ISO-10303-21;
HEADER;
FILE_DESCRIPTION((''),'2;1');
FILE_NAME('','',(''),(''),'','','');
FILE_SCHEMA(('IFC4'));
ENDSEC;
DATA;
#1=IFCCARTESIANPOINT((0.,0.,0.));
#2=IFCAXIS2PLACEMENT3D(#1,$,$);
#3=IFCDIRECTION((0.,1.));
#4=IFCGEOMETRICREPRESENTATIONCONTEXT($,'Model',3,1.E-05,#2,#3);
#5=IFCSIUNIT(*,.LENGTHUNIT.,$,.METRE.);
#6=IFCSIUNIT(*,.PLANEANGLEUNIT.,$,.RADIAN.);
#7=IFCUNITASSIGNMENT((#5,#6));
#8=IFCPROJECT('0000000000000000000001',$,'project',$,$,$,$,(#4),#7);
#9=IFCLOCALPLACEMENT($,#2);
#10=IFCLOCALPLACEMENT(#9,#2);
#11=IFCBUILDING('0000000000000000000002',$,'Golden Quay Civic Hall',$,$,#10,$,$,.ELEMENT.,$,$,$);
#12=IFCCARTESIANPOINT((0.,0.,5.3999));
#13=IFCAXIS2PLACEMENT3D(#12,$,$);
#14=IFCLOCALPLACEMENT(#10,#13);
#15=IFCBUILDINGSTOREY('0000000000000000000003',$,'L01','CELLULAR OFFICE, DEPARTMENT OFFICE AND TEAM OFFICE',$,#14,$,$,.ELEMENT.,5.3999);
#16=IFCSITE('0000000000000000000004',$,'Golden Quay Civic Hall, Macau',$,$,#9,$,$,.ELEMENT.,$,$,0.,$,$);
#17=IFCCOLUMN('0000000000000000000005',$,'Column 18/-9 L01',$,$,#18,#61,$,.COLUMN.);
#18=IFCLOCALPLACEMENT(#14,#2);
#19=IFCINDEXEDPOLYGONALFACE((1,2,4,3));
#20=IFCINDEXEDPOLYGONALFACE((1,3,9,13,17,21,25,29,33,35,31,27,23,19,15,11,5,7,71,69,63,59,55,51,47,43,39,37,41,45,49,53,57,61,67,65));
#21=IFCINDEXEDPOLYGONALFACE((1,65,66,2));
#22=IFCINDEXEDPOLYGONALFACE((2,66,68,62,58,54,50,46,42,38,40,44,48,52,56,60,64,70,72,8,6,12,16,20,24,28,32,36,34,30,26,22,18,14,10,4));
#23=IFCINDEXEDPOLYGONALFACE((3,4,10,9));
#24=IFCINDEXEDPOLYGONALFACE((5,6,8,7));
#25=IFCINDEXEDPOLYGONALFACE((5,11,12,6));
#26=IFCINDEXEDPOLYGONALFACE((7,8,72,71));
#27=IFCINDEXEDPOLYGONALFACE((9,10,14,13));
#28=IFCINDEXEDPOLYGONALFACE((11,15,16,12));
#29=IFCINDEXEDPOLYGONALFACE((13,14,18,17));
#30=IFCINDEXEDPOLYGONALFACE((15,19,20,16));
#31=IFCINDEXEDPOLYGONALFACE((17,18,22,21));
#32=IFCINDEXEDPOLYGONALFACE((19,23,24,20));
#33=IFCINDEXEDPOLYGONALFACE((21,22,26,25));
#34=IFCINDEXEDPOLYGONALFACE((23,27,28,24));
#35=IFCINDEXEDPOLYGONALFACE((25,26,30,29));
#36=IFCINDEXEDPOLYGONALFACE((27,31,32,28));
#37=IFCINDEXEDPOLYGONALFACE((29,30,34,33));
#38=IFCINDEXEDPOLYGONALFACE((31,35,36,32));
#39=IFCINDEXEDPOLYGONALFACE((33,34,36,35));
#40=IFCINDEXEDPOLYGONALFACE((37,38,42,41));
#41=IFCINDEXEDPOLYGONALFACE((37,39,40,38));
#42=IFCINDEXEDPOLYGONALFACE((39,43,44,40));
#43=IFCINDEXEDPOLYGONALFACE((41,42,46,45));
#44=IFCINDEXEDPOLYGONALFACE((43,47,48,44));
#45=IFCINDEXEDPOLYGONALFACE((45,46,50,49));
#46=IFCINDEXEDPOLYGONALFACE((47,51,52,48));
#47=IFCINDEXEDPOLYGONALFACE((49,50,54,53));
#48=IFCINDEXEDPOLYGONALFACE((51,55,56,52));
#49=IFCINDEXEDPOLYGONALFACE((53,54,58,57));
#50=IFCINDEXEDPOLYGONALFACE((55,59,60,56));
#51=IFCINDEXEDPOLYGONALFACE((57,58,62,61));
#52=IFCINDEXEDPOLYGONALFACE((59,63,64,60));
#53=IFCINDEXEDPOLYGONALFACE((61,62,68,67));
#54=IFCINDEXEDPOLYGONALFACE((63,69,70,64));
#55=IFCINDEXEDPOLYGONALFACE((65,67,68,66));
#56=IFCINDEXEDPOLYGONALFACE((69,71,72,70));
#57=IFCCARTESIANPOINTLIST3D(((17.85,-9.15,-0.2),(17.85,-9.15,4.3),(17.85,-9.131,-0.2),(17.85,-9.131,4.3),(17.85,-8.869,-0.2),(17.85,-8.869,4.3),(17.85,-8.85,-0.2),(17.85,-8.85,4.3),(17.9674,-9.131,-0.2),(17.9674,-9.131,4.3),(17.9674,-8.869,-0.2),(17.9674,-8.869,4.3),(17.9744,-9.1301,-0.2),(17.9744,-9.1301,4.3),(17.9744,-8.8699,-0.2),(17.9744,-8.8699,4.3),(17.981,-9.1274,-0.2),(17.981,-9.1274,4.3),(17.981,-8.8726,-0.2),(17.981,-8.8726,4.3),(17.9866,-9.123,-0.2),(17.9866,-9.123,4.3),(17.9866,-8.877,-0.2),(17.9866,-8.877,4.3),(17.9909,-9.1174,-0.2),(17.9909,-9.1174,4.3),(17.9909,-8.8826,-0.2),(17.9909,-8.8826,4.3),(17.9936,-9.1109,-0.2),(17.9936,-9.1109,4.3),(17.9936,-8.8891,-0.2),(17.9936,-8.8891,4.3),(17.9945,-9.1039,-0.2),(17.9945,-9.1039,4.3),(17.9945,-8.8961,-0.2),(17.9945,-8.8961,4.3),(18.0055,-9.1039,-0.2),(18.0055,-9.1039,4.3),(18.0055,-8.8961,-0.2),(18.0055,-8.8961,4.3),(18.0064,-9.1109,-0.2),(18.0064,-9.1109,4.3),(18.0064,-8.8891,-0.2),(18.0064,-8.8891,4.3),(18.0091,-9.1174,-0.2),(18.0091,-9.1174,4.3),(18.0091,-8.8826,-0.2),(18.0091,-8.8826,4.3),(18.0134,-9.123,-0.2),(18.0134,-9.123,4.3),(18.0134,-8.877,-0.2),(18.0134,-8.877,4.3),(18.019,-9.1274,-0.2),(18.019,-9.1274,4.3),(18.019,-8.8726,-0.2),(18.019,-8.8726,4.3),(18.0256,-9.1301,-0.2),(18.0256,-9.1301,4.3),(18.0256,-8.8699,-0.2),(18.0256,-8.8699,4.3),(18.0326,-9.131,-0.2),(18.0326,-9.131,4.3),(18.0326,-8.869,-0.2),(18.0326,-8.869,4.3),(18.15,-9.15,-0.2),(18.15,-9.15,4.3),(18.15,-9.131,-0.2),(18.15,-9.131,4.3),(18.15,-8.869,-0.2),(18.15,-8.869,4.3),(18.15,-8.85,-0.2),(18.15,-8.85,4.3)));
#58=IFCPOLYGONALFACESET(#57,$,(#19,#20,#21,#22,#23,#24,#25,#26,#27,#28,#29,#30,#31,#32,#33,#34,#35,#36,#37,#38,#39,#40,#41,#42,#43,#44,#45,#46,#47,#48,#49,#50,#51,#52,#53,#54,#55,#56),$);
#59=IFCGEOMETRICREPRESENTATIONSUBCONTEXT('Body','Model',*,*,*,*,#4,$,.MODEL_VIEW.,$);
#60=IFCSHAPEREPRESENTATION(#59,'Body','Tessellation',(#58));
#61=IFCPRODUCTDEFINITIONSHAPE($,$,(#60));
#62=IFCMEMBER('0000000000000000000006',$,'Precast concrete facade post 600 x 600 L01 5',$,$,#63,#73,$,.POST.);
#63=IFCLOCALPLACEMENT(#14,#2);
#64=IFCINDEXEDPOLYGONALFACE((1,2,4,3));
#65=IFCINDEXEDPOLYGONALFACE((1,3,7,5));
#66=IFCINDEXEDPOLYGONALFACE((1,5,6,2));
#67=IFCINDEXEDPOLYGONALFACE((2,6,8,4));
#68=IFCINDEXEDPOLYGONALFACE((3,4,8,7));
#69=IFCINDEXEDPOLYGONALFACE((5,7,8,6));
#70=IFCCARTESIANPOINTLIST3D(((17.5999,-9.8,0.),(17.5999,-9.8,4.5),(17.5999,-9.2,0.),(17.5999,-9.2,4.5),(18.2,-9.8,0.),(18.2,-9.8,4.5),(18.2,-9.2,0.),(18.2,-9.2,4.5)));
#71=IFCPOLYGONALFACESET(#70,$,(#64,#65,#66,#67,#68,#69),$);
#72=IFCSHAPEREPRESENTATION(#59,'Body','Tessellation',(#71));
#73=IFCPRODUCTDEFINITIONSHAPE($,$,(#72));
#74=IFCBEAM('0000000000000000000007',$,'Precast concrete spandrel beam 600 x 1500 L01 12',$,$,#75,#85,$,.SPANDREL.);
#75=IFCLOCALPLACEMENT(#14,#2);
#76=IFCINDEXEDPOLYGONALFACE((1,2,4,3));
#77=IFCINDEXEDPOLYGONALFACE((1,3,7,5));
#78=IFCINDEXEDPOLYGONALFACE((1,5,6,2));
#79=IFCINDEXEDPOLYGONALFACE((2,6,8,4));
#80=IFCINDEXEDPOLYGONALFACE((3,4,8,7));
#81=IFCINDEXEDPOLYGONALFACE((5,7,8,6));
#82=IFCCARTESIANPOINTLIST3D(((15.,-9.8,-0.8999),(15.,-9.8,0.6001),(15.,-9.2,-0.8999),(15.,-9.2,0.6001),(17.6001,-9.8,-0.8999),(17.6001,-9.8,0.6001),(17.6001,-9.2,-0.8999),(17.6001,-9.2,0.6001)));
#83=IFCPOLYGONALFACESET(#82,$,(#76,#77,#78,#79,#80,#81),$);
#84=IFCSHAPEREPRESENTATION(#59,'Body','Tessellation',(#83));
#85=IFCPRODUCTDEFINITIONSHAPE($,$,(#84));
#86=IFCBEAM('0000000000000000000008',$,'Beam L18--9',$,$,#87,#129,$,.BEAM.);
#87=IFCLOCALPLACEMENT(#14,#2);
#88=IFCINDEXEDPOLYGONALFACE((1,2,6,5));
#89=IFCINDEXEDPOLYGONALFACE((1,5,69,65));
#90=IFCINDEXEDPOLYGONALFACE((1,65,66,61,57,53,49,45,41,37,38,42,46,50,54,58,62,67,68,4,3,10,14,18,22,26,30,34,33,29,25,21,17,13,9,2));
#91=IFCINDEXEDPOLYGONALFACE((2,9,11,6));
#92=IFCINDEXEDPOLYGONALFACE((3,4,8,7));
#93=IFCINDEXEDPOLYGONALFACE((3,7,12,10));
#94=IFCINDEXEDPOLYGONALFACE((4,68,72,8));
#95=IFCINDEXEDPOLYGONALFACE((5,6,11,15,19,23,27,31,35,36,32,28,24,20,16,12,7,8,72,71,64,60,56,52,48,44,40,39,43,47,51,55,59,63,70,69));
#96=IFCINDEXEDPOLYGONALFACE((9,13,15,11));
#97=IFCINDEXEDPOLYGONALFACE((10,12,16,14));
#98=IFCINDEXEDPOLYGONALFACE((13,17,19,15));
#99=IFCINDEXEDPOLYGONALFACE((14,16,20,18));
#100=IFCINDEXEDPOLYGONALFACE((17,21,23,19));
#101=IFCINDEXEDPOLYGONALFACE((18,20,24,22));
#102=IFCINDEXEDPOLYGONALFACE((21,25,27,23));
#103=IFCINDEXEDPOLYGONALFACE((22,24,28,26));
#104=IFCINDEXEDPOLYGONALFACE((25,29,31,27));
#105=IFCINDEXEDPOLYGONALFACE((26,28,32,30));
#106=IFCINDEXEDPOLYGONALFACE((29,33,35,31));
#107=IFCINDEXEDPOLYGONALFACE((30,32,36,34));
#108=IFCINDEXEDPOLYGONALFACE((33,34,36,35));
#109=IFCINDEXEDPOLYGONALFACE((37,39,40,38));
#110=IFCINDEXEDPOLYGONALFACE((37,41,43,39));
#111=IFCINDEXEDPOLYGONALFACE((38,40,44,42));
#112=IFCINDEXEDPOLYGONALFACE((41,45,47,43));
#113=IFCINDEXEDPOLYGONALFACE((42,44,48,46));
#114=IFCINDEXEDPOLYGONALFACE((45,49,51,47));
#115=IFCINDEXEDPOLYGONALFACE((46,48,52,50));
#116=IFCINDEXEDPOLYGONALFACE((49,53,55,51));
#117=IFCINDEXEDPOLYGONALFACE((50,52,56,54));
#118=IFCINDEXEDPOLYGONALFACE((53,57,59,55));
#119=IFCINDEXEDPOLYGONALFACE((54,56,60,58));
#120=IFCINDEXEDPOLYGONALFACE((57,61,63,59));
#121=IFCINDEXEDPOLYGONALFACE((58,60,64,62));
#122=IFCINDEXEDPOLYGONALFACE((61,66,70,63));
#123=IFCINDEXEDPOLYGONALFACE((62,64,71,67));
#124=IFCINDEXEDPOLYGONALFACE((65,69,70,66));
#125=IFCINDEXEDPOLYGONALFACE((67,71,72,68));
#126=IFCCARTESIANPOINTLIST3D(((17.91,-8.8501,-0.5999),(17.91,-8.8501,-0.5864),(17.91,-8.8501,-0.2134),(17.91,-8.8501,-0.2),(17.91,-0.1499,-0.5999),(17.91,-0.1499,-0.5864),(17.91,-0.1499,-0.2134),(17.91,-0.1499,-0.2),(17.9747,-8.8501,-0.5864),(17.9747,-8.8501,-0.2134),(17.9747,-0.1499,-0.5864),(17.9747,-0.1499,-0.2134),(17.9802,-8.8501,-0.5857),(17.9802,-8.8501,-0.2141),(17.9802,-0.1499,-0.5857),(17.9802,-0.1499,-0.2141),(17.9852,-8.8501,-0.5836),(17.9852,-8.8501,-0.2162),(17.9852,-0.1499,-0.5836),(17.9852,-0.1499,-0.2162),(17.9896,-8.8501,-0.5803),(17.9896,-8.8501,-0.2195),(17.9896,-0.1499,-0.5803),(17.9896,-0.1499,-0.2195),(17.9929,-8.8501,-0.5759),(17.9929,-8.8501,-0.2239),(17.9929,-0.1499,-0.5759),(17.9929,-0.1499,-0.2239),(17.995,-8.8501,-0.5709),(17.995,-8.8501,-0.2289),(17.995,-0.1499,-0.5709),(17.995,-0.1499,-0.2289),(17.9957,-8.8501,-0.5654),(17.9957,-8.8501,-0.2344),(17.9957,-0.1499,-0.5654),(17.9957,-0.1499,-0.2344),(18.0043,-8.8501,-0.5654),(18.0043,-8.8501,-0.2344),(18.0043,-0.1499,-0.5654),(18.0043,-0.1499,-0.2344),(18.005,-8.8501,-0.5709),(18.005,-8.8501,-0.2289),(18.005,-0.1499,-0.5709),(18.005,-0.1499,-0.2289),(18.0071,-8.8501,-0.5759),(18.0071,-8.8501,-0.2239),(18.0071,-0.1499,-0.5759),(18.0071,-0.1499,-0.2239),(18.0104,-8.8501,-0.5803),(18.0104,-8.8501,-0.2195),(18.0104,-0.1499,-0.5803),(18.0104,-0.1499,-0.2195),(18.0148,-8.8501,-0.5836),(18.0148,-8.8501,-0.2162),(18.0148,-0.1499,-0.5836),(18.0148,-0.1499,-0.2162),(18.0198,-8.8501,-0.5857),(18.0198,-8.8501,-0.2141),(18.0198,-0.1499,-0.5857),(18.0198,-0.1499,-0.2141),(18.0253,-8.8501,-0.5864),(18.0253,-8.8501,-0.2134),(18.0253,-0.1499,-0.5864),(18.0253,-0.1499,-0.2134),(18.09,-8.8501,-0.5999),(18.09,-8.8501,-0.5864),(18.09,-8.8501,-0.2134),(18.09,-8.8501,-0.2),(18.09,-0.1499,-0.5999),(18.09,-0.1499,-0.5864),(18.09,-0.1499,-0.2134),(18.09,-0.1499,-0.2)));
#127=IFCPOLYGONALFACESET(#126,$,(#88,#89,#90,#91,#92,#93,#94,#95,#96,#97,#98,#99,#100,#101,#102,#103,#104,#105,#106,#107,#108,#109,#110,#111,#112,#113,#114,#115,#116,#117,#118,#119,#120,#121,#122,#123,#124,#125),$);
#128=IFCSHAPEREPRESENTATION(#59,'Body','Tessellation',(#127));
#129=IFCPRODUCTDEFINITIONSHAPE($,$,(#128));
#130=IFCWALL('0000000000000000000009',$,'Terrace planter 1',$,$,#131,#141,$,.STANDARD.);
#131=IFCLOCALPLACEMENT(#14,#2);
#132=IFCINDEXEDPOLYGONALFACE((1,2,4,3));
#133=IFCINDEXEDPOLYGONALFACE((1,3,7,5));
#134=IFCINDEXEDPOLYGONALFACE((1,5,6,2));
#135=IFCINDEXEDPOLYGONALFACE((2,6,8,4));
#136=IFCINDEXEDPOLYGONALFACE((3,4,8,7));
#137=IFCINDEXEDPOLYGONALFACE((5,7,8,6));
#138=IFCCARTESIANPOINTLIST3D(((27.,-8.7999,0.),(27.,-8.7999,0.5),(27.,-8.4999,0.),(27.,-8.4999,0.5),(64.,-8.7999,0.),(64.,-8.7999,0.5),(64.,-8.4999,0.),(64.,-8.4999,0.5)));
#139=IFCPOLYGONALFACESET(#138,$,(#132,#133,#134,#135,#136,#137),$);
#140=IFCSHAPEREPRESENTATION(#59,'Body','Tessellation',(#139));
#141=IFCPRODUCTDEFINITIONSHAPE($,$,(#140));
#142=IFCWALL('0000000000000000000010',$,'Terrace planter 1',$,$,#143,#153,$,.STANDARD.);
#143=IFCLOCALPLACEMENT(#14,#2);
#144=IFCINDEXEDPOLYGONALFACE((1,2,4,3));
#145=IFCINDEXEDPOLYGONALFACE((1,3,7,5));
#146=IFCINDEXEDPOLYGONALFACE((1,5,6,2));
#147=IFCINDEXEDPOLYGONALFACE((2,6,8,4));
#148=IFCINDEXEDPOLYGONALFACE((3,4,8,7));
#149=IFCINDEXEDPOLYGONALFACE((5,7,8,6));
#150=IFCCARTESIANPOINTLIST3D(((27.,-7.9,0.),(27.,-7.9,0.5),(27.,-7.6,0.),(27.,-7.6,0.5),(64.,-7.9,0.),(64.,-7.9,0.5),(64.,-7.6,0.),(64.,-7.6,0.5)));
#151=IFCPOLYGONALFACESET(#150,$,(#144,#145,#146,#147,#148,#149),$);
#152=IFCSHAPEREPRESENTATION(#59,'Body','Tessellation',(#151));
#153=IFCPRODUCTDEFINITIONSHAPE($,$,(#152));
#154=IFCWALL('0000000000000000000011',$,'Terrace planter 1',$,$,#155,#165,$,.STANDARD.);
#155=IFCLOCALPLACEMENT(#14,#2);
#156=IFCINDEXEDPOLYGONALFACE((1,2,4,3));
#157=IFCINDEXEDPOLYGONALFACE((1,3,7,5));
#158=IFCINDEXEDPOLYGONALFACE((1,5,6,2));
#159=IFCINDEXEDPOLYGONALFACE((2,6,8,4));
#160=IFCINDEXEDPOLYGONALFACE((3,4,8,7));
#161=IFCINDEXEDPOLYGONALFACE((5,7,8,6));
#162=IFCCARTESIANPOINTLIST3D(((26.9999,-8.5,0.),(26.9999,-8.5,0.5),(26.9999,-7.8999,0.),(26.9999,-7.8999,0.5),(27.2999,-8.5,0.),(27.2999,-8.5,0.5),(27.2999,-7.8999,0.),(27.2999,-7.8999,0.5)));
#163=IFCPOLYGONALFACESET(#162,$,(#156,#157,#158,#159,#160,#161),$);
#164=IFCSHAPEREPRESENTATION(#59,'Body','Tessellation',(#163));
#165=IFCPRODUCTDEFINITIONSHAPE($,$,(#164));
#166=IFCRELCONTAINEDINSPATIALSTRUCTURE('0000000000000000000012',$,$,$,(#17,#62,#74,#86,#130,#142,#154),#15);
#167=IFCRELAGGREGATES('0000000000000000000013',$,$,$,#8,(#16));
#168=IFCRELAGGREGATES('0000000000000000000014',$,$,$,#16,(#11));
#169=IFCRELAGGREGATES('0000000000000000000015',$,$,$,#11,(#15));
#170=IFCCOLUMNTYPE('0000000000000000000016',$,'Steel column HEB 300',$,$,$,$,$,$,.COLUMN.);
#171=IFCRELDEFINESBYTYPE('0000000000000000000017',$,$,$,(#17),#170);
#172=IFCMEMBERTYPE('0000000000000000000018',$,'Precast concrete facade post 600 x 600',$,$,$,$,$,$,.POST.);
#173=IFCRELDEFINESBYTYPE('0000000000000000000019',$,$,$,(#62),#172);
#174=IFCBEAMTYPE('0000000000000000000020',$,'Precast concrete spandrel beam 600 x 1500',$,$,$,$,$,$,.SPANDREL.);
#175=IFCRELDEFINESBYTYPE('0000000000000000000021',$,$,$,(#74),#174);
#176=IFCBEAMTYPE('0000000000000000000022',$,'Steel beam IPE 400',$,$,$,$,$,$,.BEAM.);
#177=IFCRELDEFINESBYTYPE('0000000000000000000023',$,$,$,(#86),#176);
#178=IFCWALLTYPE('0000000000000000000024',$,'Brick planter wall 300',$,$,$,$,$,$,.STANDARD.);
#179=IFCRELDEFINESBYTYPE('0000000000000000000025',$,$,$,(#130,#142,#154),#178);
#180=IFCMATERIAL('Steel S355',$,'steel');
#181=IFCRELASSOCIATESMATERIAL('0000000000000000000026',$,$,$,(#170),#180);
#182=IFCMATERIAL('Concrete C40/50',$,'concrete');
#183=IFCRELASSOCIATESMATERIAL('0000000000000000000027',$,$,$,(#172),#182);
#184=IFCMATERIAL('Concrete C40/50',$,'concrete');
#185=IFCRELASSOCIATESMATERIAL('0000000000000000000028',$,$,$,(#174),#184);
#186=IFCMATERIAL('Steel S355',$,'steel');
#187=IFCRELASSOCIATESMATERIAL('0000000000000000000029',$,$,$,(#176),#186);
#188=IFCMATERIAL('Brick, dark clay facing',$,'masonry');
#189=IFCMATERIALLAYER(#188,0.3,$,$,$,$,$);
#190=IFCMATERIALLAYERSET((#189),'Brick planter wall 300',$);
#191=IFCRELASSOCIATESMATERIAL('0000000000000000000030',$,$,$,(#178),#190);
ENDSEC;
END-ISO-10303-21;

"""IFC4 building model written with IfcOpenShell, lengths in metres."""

from ifc_helpers import new_model, si_unit, direction, frame, frame_2d, origin, origin_2d, place, context, subcontext, project, spatial, rectangle, i_section, extrude, material, layer, layer_set, material_profile, profile_set, type_object, element, save


model = new_model("IFC4")

# Units and contexts
model_context = context("Model", 3, precision=1e-05, world=origin(), true_north=direction((0.0, 1.0)))
body_context = subcontext(model_context, "Body", "Model", "MODEL_VIEW")
ifc_project = project(units=[si_unit("LENGTHUNIT", "METRE"), si_unit("PLANEANGLEUNIT", "RADIAN")], contexts=[model_context])

# Site, building, storey
site_placement = place(None, origin())
site = spatial("IfcSite", under=ifc_project, at=site_placement, Name="Golden Quay Civic Hall, Macau", CompositionType="ELEMENT", RefElevation=0.0)
building_placement = place(site_placement, origin())
building = spatial("IfcBuilding", under=site, at=building_placement, Name="Golden Quay Civic Hall", CompositionType="ELEMENT")
storey_placement = place(building_placement, frame((0.0, 0.0, 5.3999)))
storey = spatial("IfcBuildingStorey", under=building, at=storey_placement, Name="L01", Description="CELLULAR OFFICE, DEPARTMENT OFFICE AND TEAM OFFICE", CompositionType="ELEMENT", Elevation=5.3999)

# Column
ifc_material_1 = material(Name="Steel S355", Category="steel")
ifc_material_profile_1 = material_profile(ifc_material_1, i_section(OverallWidth=0.3, OverallDepth=0.3, WebThickness=0.011, FlangeThickness=0.019, FilletRadius=0.0271, at=origin_2d()), Name="HEB 300")
ifc_profile_set_1 = profile_set([ifc_material_profile_1], Name="Steel S355")
column_type = type_object("IfcColumnType", Name="Steel column HEB 300", PredefinedType="COLUMN", material=ifc_profile_set_1)
column_placement = place(storey_placement, frame((18.0, -9.0, -0.2), z_axis=(0.0, 0.0, 1.0), x_axis=(1.0, 0.0, 0.0)))
element("IfcColumn", 1, at=column_placement, inside=storey, type_object=column_type, Name="Column 18/-9 L01", PredefinedType="COLUMN", context=body_context, shape_type="SweptSolid", body=[
    extrude(i_section(OverallWidth=0.3, OverallDepth=0.3, WebThickness=0.011, FlangeThickness=0.019, FilletRadius=0.0271, at=origin_2d()), origin(), (0.0, 0.0, 1.0), 4.5),
])

# Member
ifc_material_2 = material(Name="Concrete C40/50", Category="concrete")
ifc_material_profile_2 = material_profile(ifc_material_2, rectangle(XDim=0.6001, YDim=0.6001, at=origin_2d()), Name="RC 600x600")
ifc_profile_set_2 = profile_set([ifc_material_profile_2], Name="Concrete C40/50")
member_type = type_object("IfcMemberType", Name="Precast concrete facade post 600 x 600", PredefinedType="POST", material=ifc_profile_set_2)
member_placement = place(storey_placement, frame((17.8999, -9.5, 0.0), z_axis=(0.0, 0.0, 1.0), x_axis=(1.0, 0.0, 0.0)))
element("IfcMember", 2, at=member_placement, inside=storey, type_object=member_type, Name="Precast concrete facade post 600 x 600 L01 5", PredefinedType="POST", context=body_context, shape_type="SweptSolid", body=[
    extrude(rectangle(XDim=0.6001, YDim=0.6001, at=origin_2d()), origin(), (0.0, 0.0, 1.0), 4.5),
])

# Beams
ifc_material_3 = material(Name="Concrete C40/50", Category="concrete")
ifc_material_profile_3 = material_profile(ifc_material_3, rectangle(XDim=0.6001, YDim=1.5, at=origin_2d()), Name="RC 600x1500")
ifc_profile_set_3 = profile_set([ifc_material_profile_3], Name="Concrete C40/50")
beam_type_1 = type_object("IfcBeamType", Name="Precast concrete spandrel beam 600 x 1500", PredefinedType="SPANDREL", material=ifc_profile_set_3)
beam_1_placement = place(storey_placement, frame((15.0, -9.5, -0.1499), z_axis=(1.0, 0.0, 0.0), x_axis=(0.0, 1.0, 0.0)))
element("IfcBeam", 3, at=beam_1_placement, inside=storey, type_object=beam_type_1, Name="Precast concrete spandrel beam 600 x 1500 L01 12", PredefinedType="SPANDREL", context=body_context, shape_type="SweptSolid", body=[
    extrude(rectangle(XDim=0.6001, YDim=1.5, at=origin_2d()), origin(), (0.0, 0.0, 1.0), 2.6001),
])
ifc_material_4 = material(Name="Steel S355", Category="steel")
ifc_material_profile_4 = material_profile(ifc_material_4, i_section(OverallWidth=0.1799, OverallDepth=0.3999, WebThickness=0.0085, FlangeThickness=0.0134, FilletRadius=0.021, at=origin_2d()), Name="IPE 400")
ifc_profile_set_4 = profile_set([ifc_material_profile_4], Name="Steel S355")
beam_type_2 = type_object("IfcBeamType", Name="Steel beam IPE 400", PredefinedType="BEAM", material=ifc_profile_set_4)
beam_2_placement = place(storey_placement, frame((18.0, -8.8501, -0.3999), z_axis=(0.0, 1.0, 0.0), x_axis=(-1.0, 0.0, 0.0)))
element("IfcBeam", 4, at=beam_2_placement, inside=storey, type_object=beam_type_2, Name="Beam L18--9", PredefinedType="BEAM", context=body_context, shape_type="SweptSolid", body=[
    extrude(i_section(OverallWidth=0.1799, OverallDepth=0.3999, WebThickness=0.0085, FlangeThickness=0.0134, FilletRadius=0.021, at=origin_2d()), origin(), (0.0, 0.0, 1.0), 8.7002),
])

# Walls
ifc_material_5 = material(Name="Brick, dark clay facing", Category="masonry")
ifc_layer_1 = layer(ifc_material_5, 0.3)
ifc_layer_set_1 = layer_set([ifc_layer_1], Name="Brick planter wall 300")
wall_type_1 = type_object("IfcWallType", Name="Brick planter wall 300", PredefinedType="STANDARD", material=ifc_layer_set_1)
for number, where, z_axis, x_axis, name in (
    (5, (27.0, -8.6499, 0.0), (0.0, 0.0, 1.0), (1.0, 0.0, 0.0), "Terrace planter 1"),
    (6, (27.0, -7.75, 0.0), (0.0, 0.0, 1.0), (1.0, 0.0, 0.0), "Terrace planter 1"),
):
    element("IfcWall", number, at=place(storey_placement, frame(where, z_axis=z_axis, x_axis=x_axis)), inside=storey, type_object=wall_type_1, Name=name, PredefinedType="STANDARD", context=body_context, shape_type="SweptSolid", body=[
        extrude(rectangle(XDim=37.0, YDim=0.3, at=frame_2d((18.5, 0.0))), origin(), (0.0, 0.0, 1.0), 0.5),
    ])
wall_1_placement = place(storey_placement, frame((27.1499, -8.5, 0.0), z_axis=(0.0, 0.0, 1.0), x_axis=(0.0, 1.0, 0.0)))
element("IfcWall", 7, at=wall_1_placement, inside=storey, type_object=wall_type_1, Name="Terrace planter 1", PredefinedType="STANDARD", context=body_context, shape_type="SweptSolid", body=[
    extrude(rectangle(XDim=0.6001, YDim=0.3, at=frame_2d((0.3, 0.0))), origin(), (0.0, 0.0, 1.0), 0.5),
])

save(model, "model.ifc")
